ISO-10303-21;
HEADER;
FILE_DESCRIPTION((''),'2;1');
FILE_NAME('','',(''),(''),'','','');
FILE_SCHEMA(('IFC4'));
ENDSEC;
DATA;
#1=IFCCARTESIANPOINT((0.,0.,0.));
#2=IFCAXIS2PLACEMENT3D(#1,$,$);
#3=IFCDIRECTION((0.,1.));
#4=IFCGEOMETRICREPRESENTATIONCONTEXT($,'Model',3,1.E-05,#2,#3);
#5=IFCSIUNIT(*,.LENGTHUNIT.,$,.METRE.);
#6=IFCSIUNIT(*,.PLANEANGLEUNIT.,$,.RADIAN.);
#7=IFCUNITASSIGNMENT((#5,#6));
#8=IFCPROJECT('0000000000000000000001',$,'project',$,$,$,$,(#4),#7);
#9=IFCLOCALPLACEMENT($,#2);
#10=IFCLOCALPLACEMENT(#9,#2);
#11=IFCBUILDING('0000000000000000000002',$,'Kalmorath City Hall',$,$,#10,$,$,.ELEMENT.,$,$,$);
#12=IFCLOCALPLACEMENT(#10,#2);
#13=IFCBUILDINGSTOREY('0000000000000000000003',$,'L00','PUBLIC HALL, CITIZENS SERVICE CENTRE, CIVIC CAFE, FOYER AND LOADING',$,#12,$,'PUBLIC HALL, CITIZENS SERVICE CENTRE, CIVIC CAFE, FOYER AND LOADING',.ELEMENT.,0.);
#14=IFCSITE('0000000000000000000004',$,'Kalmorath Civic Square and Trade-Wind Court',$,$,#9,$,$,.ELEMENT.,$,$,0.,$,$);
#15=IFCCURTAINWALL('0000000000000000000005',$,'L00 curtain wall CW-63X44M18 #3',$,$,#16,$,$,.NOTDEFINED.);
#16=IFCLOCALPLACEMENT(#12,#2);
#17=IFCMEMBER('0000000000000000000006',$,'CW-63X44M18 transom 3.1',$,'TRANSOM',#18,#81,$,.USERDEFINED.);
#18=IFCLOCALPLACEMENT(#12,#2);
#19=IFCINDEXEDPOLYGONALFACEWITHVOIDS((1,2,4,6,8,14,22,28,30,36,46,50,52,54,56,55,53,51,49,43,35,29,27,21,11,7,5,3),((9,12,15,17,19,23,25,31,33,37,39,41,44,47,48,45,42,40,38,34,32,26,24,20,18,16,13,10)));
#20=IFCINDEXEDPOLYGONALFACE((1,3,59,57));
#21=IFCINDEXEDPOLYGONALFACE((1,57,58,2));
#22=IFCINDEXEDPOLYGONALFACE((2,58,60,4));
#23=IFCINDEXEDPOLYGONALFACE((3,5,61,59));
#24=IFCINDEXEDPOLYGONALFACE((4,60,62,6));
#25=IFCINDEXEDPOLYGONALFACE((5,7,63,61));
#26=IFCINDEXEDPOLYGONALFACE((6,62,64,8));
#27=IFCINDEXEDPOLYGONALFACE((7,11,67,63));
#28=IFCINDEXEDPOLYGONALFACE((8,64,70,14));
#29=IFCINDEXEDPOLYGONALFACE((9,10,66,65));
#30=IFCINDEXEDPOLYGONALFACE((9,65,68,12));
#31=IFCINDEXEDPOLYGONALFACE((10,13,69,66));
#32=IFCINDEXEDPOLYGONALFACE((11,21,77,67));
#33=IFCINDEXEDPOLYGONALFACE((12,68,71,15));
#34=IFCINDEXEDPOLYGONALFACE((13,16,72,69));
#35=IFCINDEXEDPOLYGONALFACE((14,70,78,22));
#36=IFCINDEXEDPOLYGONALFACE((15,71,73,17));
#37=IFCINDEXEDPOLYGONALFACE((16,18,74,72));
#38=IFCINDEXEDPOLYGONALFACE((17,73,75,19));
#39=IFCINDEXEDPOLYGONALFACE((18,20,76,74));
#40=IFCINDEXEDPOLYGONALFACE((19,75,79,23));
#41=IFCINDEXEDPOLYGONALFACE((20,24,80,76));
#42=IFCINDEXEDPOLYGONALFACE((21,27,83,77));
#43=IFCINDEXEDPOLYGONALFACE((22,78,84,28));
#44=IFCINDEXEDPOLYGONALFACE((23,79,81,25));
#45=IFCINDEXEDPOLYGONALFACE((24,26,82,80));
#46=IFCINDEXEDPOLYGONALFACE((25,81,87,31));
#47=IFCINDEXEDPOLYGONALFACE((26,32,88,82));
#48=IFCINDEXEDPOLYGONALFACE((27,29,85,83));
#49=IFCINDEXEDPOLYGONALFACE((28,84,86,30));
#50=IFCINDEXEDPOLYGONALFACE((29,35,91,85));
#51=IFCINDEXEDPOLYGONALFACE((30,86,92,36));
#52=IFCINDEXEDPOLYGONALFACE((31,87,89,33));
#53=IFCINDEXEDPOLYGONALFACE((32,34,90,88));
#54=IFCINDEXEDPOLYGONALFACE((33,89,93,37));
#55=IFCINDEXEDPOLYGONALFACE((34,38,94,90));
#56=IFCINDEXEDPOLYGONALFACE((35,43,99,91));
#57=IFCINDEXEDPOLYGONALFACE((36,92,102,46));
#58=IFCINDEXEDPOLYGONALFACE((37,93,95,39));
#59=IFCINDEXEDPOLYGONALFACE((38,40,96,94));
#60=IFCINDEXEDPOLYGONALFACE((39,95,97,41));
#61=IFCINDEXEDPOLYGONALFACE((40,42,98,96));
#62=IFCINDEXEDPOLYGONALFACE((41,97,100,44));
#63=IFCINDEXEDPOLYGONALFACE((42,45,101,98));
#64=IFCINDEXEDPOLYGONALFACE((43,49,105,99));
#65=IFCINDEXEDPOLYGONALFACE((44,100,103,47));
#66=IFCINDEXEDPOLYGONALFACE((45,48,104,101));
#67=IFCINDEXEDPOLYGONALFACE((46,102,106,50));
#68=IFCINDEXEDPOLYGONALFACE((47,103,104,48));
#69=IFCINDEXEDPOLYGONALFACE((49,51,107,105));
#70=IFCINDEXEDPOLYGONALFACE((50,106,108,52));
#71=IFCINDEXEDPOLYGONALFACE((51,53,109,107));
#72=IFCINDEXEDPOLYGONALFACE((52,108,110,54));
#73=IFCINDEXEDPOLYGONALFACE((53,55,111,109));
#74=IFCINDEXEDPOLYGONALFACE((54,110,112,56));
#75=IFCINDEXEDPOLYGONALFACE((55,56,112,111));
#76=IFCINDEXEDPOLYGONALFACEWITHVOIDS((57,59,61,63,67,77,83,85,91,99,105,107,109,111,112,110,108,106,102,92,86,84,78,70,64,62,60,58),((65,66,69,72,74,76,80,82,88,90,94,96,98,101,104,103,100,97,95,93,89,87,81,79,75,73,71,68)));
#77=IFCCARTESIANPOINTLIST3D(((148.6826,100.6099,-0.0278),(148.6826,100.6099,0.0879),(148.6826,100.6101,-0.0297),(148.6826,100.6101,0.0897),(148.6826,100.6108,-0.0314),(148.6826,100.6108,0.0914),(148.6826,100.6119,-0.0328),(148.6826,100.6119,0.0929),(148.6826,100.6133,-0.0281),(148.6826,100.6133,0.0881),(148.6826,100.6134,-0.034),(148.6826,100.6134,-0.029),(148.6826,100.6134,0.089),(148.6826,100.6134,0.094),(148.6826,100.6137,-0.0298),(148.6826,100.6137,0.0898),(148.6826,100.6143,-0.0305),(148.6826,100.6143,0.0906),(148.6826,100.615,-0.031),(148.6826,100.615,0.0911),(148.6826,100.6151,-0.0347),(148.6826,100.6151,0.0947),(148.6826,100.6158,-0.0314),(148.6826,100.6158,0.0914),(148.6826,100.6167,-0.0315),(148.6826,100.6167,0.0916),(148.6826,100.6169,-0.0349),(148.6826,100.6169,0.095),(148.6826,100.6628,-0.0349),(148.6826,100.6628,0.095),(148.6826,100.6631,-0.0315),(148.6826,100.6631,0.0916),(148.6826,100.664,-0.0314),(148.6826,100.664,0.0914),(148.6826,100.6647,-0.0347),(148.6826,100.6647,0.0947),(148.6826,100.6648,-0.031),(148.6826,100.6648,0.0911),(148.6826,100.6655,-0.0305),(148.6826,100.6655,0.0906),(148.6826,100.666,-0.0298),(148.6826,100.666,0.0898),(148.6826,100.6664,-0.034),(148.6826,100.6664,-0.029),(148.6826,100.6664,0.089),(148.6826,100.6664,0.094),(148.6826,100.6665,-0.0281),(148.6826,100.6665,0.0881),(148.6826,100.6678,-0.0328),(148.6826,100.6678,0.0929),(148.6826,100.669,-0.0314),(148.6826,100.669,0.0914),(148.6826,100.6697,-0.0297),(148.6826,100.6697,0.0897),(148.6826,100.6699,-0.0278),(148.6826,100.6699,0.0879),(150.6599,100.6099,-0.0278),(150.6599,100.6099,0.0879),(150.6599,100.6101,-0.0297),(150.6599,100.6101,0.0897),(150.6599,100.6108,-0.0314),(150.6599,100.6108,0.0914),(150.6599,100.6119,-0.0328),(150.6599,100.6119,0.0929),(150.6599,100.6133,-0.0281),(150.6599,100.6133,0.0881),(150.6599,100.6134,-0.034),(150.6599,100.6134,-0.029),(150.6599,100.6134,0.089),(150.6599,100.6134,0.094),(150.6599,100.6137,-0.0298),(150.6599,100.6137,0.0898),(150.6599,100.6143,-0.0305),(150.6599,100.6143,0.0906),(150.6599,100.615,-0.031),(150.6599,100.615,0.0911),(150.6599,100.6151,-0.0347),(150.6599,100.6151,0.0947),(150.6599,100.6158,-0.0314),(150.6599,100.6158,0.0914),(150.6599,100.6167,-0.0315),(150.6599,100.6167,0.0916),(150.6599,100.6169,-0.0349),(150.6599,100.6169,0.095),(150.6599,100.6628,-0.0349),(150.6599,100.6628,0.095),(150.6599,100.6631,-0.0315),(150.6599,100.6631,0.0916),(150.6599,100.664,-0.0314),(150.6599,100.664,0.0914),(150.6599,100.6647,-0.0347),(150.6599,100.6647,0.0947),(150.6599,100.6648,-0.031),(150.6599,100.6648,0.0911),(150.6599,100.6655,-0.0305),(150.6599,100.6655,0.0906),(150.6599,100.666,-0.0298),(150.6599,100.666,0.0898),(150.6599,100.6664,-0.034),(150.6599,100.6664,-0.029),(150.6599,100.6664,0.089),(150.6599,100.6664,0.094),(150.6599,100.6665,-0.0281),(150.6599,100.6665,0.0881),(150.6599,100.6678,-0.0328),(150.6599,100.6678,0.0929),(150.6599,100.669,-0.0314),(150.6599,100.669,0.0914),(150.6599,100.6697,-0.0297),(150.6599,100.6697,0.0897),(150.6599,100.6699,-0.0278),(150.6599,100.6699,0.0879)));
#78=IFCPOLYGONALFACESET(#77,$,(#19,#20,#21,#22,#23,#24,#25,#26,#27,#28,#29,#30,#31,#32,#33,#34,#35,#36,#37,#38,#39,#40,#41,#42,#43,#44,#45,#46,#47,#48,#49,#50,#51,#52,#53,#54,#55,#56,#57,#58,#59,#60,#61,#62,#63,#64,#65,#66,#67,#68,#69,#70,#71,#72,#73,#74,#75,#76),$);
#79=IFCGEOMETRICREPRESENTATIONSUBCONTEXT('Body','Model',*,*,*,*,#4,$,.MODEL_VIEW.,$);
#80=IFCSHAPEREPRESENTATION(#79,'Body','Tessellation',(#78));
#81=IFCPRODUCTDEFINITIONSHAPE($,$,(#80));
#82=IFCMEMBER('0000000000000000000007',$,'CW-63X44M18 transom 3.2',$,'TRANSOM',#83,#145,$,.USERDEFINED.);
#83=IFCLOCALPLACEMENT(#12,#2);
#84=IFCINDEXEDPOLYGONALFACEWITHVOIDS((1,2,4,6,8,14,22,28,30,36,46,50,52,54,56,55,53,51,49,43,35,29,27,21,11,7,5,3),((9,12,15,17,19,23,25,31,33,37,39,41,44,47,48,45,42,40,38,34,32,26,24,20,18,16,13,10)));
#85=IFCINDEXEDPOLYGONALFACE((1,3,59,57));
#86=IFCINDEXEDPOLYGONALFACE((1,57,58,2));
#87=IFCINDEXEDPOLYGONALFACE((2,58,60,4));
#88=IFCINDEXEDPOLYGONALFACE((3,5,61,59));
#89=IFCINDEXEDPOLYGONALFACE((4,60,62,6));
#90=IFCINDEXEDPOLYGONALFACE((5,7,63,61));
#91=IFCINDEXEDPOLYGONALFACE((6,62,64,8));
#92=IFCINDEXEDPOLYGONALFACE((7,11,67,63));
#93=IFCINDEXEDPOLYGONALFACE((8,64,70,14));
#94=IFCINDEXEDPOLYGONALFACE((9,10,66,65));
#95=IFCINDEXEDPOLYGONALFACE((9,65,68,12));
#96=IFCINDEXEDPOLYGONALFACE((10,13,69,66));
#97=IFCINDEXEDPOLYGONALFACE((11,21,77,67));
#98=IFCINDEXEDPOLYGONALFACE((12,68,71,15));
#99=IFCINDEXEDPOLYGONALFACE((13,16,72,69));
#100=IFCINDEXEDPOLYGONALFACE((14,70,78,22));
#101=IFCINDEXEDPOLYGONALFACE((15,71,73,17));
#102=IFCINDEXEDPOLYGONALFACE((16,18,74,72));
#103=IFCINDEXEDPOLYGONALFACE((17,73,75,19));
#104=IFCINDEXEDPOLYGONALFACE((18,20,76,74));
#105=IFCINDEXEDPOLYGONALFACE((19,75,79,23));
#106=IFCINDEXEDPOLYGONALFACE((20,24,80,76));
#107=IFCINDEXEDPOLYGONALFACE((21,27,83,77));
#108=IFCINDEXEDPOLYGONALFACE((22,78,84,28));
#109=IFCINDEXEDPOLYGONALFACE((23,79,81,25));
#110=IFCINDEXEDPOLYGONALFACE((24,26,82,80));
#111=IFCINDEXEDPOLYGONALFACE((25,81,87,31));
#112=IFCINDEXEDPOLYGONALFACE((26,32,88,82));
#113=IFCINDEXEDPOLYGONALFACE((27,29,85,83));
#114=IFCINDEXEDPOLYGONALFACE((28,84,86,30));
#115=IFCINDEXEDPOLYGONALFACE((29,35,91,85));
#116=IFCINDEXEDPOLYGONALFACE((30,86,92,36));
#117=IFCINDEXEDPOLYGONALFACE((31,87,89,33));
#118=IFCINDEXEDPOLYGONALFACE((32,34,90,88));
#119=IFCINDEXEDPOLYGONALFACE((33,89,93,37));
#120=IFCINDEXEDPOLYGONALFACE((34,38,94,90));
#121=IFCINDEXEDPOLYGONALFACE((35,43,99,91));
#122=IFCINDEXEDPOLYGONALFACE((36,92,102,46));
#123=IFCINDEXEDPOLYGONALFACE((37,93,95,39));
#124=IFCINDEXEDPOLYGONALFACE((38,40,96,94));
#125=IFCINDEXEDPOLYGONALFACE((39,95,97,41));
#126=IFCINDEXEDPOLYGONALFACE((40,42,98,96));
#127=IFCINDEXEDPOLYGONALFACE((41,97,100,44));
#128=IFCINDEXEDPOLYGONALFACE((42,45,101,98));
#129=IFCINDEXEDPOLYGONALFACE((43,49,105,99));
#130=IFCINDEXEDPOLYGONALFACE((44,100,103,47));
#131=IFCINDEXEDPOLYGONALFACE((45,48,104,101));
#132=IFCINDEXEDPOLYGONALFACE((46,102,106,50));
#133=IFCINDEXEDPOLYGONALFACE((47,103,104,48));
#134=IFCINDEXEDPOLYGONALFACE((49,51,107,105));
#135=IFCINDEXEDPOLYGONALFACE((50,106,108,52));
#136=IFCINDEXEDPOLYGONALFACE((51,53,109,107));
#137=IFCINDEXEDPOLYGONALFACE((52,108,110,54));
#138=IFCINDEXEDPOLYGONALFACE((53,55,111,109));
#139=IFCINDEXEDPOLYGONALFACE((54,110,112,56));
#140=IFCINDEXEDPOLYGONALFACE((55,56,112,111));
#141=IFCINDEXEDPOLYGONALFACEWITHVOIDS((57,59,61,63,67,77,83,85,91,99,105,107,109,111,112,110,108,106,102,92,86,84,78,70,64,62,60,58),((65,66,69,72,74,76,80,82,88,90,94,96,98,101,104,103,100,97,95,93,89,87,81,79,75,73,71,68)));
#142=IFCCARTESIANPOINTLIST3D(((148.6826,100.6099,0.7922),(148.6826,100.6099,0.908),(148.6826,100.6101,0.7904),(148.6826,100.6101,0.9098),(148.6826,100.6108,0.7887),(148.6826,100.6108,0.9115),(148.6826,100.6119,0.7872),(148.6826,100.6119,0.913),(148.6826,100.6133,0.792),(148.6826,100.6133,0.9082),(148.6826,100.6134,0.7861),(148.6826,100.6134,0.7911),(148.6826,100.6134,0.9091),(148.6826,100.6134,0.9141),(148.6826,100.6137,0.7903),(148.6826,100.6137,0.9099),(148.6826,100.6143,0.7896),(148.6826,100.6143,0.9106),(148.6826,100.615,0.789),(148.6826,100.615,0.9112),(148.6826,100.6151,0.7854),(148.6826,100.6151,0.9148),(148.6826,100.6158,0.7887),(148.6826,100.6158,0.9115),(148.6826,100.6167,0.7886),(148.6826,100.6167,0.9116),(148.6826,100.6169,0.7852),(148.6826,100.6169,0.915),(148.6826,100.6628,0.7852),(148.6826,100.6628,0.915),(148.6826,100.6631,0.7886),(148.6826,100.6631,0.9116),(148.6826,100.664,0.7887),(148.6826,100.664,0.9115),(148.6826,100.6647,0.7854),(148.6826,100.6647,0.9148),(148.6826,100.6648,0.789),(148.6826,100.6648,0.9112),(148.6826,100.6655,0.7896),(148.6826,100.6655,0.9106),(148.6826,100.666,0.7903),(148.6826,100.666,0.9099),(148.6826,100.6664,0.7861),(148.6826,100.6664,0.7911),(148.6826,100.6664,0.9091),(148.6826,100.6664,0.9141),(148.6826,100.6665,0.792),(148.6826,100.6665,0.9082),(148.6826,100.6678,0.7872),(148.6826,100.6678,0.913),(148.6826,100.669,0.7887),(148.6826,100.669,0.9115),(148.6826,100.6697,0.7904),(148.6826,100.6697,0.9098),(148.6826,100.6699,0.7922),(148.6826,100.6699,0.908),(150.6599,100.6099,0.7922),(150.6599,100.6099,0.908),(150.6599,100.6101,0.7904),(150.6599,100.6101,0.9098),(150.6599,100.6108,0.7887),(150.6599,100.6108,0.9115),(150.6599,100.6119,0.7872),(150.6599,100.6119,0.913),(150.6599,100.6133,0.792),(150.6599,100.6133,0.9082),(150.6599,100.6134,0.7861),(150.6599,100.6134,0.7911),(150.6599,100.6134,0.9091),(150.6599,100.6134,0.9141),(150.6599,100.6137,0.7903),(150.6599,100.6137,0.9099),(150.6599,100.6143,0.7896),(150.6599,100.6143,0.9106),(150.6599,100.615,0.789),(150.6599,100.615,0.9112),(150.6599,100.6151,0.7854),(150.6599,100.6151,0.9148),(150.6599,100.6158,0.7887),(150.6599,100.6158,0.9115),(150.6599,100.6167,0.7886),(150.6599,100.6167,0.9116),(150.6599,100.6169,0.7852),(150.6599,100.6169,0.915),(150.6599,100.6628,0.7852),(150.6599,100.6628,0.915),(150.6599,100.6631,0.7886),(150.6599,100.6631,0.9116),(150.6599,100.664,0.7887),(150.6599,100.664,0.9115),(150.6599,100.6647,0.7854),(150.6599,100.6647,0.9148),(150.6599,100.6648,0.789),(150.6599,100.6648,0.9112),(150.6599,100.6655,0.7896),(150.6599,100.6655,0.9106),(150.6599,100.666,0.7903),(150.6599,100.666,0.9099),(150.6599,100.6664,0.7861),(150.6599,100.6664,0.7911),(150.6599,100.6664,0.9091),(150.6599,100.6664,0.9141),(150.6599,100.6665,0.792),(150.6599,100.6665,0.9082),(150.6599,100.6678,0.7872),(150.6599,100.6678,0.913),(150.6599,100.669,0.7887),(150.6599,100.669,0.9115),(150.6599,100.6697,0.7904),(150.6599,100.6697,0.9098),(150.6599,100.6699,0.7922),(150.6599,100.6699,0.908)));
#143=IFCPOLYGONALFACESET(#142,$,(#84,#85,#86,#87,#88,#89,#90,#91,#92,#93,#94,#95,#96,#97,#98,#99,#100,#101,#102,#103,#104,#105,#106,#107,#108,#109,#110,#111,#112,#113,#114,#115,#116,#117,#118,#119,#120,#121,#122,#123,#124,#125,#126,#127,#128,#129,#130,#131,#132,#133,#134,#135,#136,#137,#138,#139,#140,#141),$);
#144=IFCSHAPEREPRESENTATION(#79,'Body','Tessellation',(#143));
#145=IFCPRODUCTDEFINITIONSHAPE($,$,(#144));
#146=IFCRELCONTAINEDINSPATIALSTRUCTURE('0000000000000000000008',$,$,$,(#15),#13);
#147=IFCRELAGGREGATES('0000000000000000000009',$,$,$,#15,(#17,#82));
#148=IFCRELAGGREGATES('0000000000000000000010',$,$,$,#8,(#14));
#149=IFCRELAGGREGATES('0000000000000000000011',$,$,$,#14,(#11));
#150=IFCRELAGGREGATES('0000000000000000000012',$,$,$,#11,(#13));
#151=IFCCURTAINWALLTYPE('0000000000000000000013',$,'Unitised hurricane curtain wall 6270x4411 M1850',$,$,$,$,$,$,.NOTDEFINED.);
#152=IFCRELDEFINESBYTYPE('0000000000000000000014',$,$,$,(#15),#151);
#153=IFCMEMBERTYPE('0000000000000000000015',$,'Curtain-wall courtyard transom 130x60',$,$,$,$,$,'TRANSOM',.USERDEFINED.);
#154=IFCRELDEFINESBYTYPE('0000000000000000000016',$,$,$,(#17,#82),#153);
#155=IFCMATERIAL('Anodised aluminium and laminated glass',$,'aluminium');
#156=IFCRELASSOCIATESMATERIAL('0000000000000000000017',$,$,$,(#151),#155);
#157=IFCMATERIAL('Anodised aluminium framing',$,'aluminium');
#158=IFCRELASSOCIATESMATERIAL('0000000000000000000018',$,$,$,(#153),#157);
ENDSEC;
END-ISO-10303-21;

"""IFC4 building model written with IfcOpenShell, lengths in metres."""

from ifc_helpers import new_model, si_unit, direction, frame, origin, origin_2d, place, context, subcontext, project, spatial, hollow_rectangle, extrude, material, material_profile, profile_set, type_object, element, aggregate, save


model = new_model("IFC4")

# Units and contexts
model_context = context("Model", 3, precision=1e-05, world=origin(), true_north=direction((0.0, 1.0)))
body_context = subcontext(model_context, "Body", "Model", "MODEL_VIEW")
ifc_project = project(units=[si_unit("LENGTHUNIT", "METRE"), si_unit("PLANEANGLEUNIT", "RADIAN")], contexts=[model_context])

# Site, building, storey
site_placement = place(None, origin())
site = spatial("IfcSite", under=ifc_project, at=site_placement, Name="Kalmorath Civic Square and Trade-Wind Court", CompositionType="ELEMENT", RefElevation=0.0)
building_placement = place(site_placement, origin())
building = spatial("IfcBuilding", under=site, at=building_placement, Name="Kalmorath City Hall", CompositionType="ELEMENT")
storey_placement = place(building_placement, origin())
storey = spatial("IfcBuildingStorey", under=building, at=storey_placement, Name="L00", Description="PUBLIC HALL, CITIZENS SERVICE CENTRE, CIVIC CAFE, FOYER AND LOADING", LongName="PUBLIC HALL, CITIZENS SERVICE CENTRE, CIVIC CAFE, FOYER AND LOADING", CompositionType="ELEMENT", Elevation=0.0)

# Curtain wall, members
ifc_material_1 = material(Name="Anodised aluminium and laminated glass", Category="aluminium")
curtain_wall_type = type_object("IfcCurtainWallType", Name="Unitised hurricane curtain wall 6270x4411 M1850", PredefinedType="NOTDEFINED", material=ifc_material_1)
curtain_wall_placement = place(storey_placement, origin())
curtain_wall = element("IfcCurtainWall", 1, at=curtain_wall_placement, inside=storey, type_object=curtain_wall_type, Name="L00 curtain wall CW-63X44M18 #3", PredefinedType="NOTDEFINED")
ifc_material_2 = material(Name="Anodised aluminium framing", Category="aluminium")
ifc_material_profile_1 = material_profile(ifc_material_2, hollow_rectangle(XDim=0.0601, YDim=0.1299, WallThickness=0.0034, InnerFilletRadius=0.0034, OuterFilletRadius=0.0071, at=origin_2d()), Name="ALU-TRN-130X60X3.5")
ifc_profile_set_1 = profile_set([ifc_material_profile_1], Name="Anodised aluminium framing")
member_type_1 = type_object("IfcMemberType", Name="Curtain-wall courtyard transom 130x60", ElementType="TRANSOM", PredefinedType="USERDEFINED", material=ifc_profile_set_1)
member_1_placement = place(storey_placement, frame((148.6826, 100.6399, 0.03), z_axis=(1.0, 0.0, 0.0), x_axis=(0.0, 1.0, 0.0)))
member_1 = element("IfcMember", 2, at=member_1_placement, type_object=member_type_1, Name="CW-63X44M18 transom 3.1", ObjectType="TRANSOM", PredefinedType="USERDEFINED", context=body_context, shape_type="SweptSolid", body=[
    extrude(hollow_rectangle(XDim=0.0601, YDim=0.1299, WallThickness=0.0034, InnerFilletRadius=0.0034, OuterFilletRadius=0.0071, at=origin_2d()), origin(), (0.0, 0.0, 1.0), 1.9773),
])
member_2_placement = place(storey_placement, frame((148.6826, 100.6399, 0.8501), z_axis=(1.0, 0.0, 0.0), x_axis=(0.0, 1.0, 0.0)))
member_2 = element("IfcMember", 3, at=member_2_placement, type_object=member_type_1, Name="CW-63X44M18 transom 3.2", ObjectType="TRANSOM", PredefinedType="USERDEFINED", context=body_context, shape_type="SweptSolid", body=[
    extrude(hollow_rectangle(XDim=0.0601, YDim=0.1299, WallThickness=0.0034, InnerFilletRadius=0.0034, OuterFilletRadius=0.0071, at=origin_2d()), origin(), (0.0, 0.0, 1.0), 1.9773),
])
aggregate(curtain_wall, [member_1, member_2])

save(model, "model.ifc")
